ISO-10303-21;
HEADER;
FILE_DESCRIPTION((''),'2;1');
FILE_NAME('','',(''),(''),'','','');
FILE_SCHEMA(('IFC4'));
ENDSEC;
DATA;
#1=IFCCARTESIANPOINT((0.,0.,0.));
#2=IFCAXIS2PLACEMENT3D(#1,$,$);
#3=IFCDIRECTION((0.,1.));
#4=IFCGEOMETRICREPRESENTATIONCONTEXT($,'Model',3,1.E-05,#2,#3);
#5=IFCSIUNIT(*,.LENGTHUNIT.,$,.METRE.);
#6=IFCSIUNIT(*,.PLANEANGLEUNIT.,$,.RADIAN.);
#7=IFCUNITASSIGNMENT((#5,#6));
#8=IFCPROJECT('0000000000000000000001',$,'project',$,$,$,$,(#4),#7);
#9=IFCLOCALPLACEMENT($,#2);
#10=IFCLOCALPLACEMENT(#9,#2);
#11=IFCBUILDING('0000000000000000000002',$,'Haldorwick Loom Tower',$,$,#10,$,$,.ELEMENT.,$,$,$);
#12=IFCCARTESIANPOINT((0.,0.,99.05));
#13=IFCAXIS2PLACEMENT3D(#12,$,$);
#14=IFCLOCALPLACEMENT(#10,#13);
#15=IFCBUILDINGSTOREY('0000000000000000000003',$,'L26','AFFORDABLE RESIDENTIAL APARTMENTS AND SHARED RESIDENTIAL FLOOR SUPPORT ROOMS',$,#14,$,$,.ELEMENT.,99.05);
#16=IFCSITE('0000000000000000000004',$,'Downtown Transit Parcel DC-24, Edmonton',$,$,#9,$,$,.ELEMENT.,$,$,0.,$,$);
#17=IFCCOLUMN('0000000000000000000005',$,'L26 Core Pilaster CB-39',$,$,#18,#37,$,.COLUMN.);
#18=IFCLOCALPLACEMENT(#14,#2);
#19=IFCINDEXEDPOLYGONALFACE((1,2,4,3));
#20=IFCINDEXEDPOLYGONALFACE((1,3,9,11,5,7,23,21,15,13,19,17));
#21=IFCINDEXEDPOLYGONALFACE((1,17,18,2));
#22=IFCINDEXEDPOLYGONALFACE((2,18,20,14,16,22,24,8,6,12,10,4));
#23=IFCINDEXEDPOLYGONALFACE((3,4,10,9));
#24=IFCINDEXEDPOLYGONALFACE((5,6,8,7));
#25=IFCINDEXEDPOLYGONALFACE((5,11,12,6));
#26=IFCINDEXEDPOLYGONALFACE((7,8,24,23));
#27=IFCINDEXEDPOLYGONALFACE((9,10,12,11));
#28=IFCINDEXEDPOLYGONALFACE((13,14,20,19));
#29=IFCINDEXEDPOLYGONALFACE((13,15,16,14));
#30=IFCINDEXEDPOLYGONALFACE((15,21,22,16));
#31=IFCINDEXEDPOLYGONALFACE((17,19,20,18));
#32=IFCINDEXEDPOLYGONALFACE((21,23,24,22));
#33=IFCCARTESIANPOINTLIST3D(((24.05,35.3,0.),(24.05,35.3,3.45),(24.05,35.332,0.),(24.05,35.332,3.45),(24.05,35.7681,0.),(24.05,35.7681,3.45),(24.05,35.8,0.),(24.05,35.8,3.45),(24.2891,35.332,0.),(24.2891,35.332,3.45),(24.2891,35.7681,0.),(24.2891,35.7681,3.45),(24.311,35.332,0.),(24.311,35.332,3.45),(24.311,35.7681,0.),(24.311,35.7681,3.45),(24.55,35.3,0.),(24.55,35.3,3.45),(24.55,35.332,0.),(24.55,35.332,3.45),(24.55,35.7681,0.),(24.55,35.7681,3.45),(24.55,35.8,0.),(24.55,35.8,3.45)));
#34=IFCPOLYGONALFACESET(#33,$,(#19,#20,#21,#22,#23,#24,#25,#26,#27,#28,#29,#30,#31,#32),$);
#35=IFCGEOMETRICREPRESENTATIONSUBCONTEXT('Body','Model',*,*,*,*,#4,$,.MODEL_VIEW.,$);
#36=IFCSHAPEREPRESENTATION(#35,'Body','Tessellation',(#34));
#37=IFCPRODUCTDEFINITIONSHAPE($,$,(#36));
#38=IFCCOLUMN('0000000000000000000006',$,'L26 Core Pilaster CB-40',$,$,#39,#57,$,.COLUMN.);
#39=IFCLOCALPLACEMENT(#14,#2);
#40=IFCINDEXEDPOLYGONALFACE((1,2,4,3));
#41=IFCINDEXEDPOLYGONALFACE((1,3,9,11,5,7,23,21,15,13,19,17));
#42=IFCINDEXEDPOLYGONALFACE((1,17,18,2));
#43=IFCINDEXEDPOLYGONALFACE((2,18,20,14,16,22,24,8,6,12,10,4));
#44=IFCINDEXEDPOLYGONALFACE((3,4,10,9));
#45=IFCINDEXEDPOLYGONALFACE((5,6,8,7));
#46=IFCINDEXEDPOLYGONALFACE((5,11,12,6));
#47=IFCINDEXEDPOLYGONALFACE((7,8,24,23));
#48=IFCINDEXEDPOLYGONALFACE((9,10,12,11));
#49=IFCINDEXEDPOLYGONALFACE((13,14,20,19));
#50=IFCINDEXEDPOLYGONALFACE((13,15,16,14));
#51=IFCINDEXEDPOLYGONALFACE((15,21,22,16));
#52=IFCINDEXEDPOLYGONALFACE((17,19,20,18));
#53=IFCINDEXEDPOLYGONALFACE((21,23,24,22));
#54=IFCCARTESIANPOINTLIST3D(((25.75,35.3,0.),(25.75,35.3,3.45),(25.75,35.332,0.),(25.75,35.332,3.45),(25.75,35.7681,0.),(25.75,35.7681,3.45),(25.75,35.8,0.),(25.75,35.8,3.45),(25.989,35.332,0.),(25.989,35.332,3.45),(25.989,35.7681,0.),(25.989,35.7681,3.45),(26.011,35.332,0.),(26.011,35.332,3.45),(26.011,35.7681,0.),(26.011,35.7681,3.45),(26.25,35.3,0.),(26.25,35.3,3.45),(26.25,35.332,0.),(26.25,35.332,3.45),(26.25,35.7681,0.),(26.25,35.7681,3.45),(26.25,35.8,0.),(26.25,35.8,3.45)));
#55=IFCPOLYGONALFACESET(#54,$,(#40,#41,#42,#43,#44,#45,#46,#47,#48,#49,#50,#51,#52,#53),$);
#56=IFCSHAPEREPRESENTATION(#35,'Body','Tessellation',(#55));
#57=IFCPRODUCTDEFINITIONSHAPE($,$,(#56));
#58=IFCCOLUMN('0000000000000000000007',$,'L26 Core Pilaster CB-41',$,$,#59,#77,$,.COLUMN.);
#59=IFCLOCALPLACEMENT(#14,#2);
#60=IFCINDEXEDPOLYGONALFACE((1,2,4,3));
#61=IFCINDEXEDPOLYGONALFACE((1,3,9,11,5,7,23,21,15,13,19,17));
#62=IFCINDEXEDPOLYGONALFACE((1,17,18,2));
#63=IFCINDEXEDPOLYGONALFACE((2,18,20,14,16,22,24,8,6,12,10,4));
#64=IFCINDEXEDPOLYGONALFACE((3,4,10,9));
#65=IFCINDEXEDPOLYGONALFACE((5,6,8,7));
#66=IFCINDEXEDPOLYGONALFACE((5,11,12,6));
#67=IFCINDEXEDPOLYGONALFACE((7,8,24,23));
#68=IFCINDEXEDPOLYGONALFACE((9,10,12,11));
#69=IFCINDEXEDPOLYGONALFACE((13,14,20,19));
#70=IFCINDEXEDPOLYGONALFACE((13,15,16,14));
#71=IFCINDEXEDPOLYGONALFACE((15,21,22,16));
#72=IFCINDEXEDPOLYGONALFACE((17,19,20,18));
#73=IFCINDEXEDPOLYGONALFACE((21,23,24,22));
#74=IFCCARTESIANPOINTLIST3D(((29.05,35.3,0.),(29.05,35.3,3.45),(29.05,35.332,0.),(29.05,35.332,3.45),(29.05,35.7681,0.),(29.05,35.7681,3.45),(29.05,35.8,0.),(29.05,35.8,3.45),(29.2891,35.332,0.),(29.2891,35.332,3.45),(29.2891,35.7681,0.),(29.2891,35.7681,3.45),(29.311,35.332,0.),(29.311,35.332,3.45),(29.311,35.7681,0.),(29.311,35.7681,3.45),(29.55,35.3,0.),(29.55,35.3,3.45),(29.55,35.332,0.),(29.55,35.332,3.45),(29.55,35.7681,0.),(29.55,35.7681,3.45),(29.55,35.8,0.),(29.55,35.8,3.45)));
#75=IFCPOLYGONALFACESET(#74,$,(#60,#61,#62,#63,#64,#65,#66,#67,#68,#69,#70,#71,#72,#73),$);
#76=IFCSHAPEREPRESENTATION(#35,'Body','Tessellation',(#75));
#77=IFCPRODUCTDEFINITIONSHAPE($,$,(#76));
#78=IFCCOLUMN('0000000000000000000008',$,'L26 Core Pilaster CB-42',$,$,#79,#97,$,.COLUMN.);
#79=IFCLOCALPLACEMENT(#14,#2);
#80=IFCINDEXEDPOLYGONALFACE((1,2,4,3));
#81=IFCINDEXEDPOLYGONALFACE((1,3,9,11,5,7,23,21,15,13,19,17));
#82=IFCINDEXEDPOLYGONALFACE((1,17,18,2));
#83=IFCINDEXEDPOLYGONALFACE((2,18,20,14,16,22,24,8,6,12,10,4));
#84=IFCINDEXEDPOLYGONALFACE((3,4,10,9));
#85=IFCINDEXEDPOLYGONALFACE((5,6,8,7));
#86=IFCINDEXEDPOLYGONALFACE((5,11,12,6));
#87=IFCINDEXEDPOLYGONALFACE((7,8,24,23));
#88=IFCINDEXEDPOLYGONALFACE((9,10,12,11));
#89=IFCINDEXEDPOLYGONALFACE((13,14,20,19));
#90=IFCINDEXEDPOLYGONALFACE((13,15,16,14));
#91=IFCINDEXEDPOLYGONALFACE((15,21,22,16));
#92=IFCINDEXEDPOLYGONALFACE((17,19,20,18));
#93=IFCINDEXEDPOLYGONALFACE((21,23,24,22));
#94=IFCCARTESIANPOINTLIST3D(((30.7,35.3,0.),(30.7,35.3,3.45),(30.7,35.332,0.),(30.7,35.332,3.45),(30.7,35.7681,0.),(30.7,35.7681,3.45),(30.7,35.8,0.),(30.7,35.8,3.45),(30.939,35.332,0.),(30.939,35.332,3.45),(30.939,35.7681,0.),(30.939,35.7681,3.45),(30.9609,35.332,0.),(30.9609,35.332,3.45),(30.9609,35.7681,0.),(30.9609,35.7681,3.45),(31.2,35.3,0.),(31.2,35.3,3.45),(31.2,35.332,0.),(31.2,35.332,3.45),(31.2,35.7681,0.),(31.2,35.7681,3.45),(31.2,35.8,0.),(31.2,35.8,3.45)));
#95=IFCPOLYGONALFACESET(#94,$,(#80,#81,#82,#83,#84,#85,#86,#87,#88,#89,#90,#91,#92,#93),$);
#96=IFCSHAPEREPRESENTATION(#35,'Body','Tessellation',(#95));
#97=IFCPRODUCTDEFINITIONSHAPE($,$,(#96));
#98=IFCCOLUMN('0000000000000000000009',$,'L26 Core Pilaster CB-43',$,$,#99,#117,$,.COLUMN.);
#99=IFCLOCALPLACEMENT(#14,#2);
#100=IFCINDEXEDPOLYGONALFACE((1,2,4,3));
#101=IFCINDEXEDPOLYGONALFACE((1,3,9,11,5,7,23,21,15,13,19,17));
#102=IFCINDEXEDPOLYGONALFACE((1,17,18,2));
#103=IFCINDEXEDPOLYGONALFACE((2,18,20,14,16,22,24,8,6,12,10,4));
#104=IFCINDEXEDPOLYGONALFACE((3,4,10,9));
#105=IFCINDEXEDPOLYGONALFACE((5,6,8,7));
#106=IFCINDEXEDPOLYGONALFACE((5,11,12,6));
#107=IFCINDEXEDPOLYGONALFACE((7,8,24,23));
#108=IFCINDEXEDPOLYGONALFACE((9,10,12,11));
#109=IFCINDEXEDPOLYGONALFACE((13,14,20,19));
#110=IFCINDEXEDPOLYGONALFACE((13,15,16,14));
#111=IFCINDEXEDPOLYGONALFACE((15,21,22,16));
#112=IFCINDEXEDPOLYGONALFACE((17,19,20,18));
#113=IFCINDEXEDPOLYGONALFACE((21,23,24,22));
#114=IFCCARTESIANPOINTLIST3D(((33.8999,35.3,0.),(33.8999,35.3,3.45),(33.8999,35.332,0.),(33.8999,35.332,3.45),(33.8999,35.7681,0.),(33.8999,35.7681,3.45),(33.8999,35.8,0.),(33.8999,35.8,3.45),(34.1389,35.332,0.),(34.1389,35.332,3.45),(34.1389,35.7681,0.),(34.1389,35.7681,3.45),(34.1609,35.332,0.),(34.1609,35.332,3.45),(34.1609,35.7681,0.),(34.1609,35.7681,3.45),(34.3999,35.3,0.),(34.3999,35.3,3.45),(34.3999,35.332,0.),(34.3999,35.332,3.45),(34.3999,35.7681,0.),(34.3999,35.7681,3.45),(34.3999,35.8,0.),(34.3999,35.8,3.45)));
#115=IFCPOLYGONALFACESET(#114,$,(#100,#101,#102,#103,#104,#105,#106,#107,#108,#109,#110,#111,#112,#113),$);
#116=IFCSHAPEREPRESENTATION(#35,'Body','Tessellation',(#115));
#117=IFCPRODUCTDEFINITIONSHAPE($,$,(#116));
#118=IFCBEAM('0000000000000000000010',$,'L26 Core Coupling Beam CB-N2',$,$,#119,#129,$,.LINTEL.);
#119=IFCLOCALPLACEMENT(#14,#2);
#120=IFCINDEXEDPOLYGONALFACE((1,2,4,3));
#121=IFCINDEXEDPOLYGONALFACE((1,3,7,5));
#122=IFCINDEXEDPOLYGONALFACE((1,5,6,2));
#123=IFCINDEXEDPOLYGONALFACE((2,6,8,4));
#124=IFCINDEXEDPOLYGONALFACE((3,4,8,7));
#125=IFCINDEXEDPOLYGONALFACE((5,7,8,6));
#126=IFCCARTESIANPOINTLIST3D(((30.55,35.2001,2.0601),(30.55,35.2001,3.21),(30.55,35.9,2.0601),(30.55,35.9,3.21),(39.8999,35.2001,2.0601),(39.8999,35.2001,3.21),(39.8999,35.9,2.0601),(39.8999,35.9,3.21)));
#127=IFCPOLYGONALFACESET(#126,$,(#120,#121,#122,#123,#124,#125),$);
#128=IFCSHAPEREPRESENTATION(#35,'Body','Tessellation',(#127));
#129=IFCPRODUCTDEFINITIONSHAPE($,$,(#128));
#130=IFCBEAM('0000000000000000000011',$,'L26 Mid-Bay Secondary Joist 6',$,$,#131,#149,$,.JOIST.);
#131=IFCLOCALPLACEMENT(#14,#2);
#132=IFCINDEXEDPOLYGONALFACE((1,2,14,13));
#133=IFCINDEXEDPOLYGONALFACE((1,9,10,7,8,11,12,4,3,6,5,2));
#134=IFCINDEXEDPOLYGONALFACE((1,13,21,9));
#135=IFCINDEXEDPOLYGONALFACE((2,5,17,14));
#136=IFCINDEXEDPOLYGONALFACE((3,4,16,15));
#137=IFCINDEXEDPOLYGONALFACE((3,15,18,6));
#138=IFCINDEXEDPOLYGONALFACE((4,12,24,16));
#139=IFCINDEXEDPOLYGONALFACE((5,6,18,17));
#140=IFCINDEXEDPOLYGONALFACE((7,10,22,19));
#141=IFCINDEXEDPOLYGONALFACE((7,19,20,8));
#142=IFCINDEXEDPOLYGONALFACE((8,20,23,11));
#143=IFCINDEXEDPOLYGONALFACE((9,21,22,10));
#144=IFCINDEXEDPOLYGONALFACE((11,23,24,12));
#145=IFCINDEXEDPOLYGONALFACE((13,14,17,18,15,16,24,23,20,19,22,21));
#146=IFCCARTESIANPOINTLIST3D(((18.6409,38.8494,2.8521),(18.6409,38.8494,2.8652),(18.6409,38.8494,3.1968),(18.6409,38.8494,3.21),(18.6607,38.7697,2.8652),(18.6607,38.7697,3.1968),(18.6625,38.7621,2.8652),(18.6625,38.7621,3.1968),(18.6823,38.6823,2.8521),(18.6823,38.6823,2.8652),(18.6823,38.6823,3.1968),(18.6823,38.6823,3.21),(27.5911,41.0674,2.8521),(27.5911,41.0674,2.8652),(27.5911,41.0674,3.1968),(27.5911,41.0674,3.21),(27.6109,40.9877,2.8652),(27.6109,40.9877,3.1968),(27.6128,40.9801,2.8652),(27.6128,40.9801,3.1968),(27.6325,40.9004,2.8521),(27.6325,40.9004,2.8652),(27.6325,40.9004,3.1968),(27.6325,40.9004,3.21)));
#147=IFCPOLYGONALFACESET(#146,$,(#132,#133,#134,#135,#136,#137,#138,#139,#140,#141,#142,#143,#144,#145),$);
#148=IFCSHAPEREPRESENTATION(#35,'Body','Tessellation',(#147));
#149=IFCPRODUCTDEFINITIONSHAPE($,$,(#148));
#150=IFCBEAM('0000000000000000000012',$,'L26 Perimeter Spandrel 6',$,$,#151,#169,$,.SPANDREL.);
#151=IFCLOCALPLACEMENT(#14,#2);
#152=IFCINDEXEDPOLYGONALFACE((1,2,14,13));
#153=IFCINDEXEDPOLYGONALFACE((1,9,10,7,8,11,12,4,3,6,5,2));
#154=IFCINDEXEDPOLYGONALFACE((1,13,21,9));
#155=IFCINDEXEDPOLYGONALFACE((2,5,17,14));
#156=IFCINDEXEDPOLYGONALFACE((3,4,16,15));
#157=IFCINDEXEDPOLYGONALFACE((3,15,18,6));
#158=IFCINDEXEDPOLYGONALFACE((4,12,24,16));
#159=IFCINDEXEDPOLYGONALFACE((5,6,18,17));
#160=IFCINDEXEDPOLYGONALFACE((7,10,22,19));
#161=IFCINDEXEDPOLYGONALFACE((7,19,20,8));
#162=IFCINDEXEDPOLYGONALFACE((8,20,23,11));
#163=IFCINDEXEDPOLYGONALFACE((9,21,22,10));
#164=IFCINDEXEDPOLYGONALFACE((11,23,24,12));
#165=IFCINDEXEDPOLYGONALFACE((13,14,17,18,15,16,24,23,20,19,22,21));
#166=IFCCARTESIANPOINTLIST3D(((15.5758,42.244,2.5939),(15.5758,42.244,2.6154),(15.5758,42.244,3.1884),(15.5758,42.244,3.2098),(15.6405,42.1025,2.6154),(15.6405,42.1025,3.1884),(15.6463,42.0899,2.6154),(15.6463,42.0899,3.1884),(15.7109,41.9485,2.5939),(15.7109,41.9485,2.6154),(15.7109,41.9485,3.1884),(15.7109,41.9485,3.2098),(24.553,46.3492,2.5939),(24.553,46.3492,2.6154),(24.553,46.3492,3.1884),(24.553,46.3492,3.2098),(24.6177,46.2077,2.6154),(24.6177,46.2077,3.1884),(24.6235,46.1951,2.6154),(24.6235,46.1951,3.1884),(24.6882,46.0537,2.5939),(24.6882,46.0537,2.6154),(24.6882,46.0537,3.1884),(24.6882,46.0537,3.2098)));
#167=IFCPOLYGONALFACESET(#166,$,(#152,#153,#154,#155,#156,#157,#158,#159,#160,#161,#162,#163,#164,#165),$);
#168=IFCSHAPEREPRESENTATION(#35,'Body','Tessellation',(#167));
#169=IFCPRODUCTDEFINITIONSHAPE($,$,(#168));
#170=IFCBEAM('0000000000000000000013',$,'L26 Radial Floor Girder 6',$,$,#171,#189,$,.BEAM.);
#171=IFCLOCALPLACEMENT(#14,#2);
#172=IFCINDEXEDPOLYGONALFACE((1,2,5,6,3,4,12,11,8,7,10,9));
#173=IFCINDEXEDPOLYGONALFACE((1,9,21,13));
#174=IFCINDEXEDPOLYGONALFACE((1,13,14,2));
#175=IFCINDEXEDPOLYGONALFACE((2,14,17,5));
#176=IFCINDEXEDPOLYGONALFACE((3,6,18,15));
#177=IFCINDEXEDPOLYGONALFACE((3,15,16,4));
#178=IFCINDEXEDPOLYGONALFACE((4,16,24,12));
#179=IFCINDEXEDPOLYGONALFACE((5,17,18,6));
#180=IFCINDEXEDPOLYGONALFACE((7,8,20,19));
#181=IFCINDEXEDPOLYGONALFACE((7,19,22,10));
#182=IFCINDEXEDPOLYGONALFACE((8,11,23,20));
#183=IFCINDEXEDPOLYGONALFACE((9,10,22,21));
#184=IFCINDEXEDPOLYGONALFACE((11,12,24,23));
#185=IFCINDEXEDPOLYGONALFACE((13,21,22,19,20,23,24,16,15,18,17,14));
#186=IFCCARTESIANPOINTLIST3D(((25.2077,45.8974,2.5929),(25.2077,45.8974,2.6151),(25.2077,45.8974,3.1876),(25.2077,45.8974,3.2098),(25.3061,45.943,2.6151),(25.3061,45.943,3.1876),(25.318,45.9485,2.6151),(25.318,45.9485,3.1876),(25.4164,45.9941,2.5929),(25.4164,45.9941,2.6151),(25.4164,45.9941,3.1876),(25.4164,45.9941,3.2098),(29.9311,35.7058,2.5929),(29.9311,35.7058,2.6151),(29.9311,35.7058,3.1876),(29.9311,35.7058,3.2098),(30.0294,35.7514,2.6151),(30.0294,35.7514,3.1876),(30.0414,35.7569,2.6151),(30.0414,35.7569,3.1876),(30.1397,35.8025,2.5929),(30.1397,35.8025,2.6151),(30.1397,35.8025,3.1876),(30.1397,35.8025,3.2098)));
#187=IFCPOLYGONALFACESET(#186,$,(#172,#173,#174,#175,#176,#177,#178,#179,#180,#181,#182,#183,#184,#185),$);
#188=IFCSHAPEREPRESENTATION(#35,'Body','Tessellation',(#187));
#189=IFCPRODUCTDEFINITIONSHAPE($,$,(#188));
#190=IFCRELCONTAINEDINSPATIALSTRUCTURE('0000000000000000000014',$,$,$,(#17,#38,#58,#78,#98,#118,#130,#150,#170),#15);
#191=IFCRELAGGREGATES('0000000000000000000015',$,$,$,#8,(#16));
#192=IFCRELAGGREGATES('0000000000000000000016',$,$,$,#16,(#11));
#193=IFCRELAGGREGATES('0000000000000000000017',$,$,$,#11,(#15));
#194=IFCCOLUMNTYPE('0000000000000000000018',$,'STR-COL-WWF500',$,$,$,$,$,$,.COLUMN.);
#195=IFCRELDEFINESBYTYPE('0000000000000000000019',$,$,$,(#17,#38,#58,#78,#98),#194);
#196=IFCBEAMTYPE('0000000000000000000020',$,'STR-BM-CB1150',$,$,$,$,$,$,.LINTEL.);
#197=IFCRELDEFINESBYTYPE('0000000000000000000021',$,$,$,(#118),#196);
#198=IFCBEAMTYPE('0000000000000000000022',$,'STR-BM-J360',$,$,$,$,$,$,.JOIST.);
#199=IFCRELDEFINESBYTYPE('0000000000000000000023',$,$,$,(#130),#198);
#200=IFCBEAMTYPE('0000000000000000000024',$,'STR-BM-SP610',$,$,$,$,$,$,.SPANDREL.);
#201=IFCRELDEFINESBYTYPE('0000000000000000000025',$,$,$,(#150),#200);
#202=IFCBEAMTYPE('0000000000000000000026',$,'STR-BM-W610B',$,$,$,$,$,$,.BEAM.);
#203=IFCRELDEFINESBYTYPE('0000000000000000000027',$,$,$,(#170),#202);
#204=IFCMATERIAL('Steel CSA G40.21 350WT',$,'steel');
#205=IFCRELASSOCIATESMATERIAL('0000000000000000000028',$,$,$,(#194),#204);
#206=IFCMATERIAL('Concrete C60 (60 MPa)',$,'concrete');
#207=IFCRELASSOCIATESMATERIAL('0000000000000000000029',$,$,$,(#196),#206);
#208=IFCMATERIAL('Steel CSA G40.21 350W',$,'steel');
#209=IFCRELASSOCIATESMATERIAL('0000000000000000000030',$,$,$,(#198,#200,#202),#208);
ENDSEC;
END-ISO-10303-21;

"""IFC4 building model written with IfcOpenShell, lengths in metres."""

from ifc_helpers import new_model, si_unit, direction, frame, origin, origin_2d, place, context, subcontext, project, spatial, rectangle, i_section, extrude, material, material_profile, profile_set, type_object, element, save


model = new_model("IFC4")

# Units and contexts
model_context = context("Model", 3, precision=1e-05, world=origin(), true_north=direction((0.0, 1.0)))
body_context = subcontext(model_context, "Body", "Model", "MODEL_VIEW")
ifc_project = project(units=[si_unit("LENGTHUNIT", "METRE"), si_unit("PLANEANGLEUNIT", "RADIAN")], contexts=[model_context])

# Site, building, storey
site_placement = place(None, origin())
site = spatial("IfcSite", under=ifc_project, at=site_placement, Name="Downtown Transit Parcel DC-24, Edmonton", CompositionType="ELEMENT", RefElevation=0.0)
building_placement = place(site_placement, origin())
building = spatial("IfcBuilding", under=site, at=building_placement, Name="Haldorwick Loom Tower", CompositionType="ELEMENT")
storey_placement = place(building_placement, frame((0.0, 0.0, 99.05)))
storey = spatial("IfcBuildingStorey", under=building, at=storey_placement, Name="L26", Description="AFFORDABLE RESIDENTIAL APARTMENTS AND SHARED RESIDENTIAL FLOOR SUPPORT ROOMS", CompositionType="ELEMENT", Elevation=99.05)

# Columns
ifc_material_1 = material(Name="Concrete C60 (60 MPa)", Category="concrete")
ifc_material_2 = material(Name="Steel CSA G40.21 350WT", Category="steel")
ifc_material_profile_1 = material_profile(ifc_material_2, i_section(OverallWidth=0.5, OverallDepth=0.5, WebThickness=0.022, FlangeThickness=0.032, at=origin_2d()), Name="WWF500X500", Category="steel")
ifc_profile_set_1 = profile_set([ifc_material_profile_1], Name="Steel CSA G40.21 350WT")
column_type_1 = type_object("IfcColumnType", Name="STR-COL-WWF500", PredefinedType="COLUMN", material=ifc_profile_set_1)
for number, where, z_axis, x_axis, name in (
    (1, (24.3, 35.55, 0.0), (0.0, 0.0, 1.0), (1.0, 0.0, 0.0), "L26 Core Pilaster CB-39"),
    (2, (26.0, 35.55, 0.0), (0.0, 0.0, 1.0), (1.0, 0.0, 0.0), "L26 Core Pilaster CB-40"),
    (3, (29.3, 35.55, 0.0), (0.0, 0.0, 1.0), (1.0, 0.0, 0.0), "L26 Core Pilaster CB-41"),
    (4, (30.95, 35.55, 0.0), (0.0, 0.0, 1.0), (1.0, 0.0, 0.0), "L26 Core Pilaster CB-42"),
    (5, (34.1499, 35.55, 0.0), (0.0, 0.0, 1.0), (1.0, 0.0, 0.0), "L26 Core Pilaster CB-43"),
):
    element("IfcColumn", number, at=place(storey_placement, frame(where, z_axis=z_axis, x_axis=x_axis)), inside=storey, type_object=column_type_1, Name=name, PredefinedType="COLUMN", context=body_context, shape_type="SweptSolid", body=[
        extrude(i_section(OverallWidth=0.5, OverallDepth=0.5, WebThickness=0.022, FlangeThickness=0.032, at=origin_2d()), origin(), (0.0, 0.0, 1.0), 3.45),
    ])

# Beams
ifc_material_profile_2 = material_profile(ifc_material_1, rectangle(XDim=0.7, YDim=1.1499, at=origin_2d()), Name="RC700X1150", Category="concrete")
ifc_profile_set_2 = profile_set([ifc_material_profile_2], Name="Concrete C60 (60 MPa)")
beam_type_1 = type_object("IfcBeamType", Name="STR-BM-CB1150", PredefinedType="LINTEL", material=ifc_profile_set_2)
beam_1_placement = place(storey_placement, frame((30.55, 35.55, 2.635), z_axis=(1.0, 0.0, 0.0), x_axis=(0.0, 1.0, 0.0)))
element("IfcBeam", 6, at=beam_1_placement, inside=storey, type_object=beam_type_1, Name="L26 Core Coupling Beam CB-N2", PredefinedType="LINTEL", context=body_context, shape_type="SweptSolid", body=[
    extrude(rectangle(XDim=0.7, YDim=1.1499, at=origin_2d()), origin(), (0.0, 0.0, 1.0), 9.3499),
])
ifc_material_3 = material(Name="Steel CSA G40.21 350W", Category="steel")
ifc_material_profile_3 = material_profile(ifc_material_3, i_section(OverallWidth=0.1721, OverallDepth=0.3579, WebThickness=0.0078, FlangeThickness=0.0132, at=origin_2d()), Name="W360X57", Category="steel")
ifc_profile_set_3 = profile_set([ifc_material_profile_3], Name="Steel CSA G40.21 350W")
beam_type_2 = type_object("IfcBeamType", Name="STR-BM-J360", PredefinedType="JOIST", material=ifc_profile_set_3)
beam_2_placement = place(storey_placement, frame((27.6118, 40.9839, 3.031), z_axis=(-0.970639, -0.240542, 0.0), x_axis=(0.240542, -0.970639, 0.0)))
element("IfcBeam", 7, at=beam_2_placement, inside=storey, type_object=beam_type_2, Name="L26 Mid-Bay Secondary Joist 6", PredefinedType="JOIST", context=body_context, shape_type="SweptSolid", body=[
    extrude(i_section(OverallWidth=0.1721, OverallDepth=0.3579, WebThickness=0.0078, FlangeThickness=0.0132, at=origin_2d()), origin(), (0.0, 0.0, 1.0), 9.2209),
])
ifc_material_profile_4 = material_profile(ifc_material_3, i_section(OverallWidth=0.325, OverallDepth=0.616, WebThickness=0.0139, FlangeThickness=0.0215, at=origin_2d()), Name="W610X174", Category="steel")
ifc_profile_set_4 = profile_set([ifc_material_profile_4], Name="Steel CSA G40.21 350W")
beam_type_3 = type_object("IfcBeamType", Name="STR-BM-SP610", PredefinedType="SPANDREL", material=ifc_profile_set_4)
beam_3_placement = place(storey_placement, frame((24.6206, 46.2014, 2.9019), z_axis=(-0.909424, -0.41587, 0.0), x_axis=(0.41587, -0.909424, 0.0)))
element("IfcBeam", 8, at=beam_3_placement, inside=storey, type_object=beam_type_3, Name="L26 Perimeter Spandrel 6", PredefinedType="SPANDREL", context=body_context, shape_type="SweptSolid", body=[
    extrude(i_section(OverallWidth=0.325, OverallDepth=0.616, WebThickness=0.0139, FlangeThickness=0.0215, at=origin_2d()), origin(), (0.0, 0.0, 1.0), 9.8713),
])
ifc_material_profile_5 = material_profile(ifc_material_3, i_section(OverallWidth=0.23, OverallDepth=0.6169, WebThickness=0.0132, FlangeThickness=0.0222, at=origin_2d()), Name="W610X140", Category="steel")
ifc_profile_set_5 = profile_set([ifc_material_profile_5], Name="Steel CSA G40.21 350W")
beam_type_4 = type_object("IfcBeamType", Name="STR-BM-W610B", PredefinedType="BEAM", material=ifc_profile_set_5)
beam_4_placement = place(storey_placement, frame((30.0354, 35.7542, 2.9014), z_axis=(-0.420492, 0.907296, 0.0), x_axis=(-0.907296, -0.420492, 0.0)))
element("IfcBeam", 9, at=beam_4_placement, inside=storey, type_object=beam_type_4, Name="L26 Radial Floor Girder 6", PredefinedType="BEAM", context=body_context, shape_type="SweptSolid", body=[
    extrude(i_section(OverallWidth=0.23, OverallDepth=0.6169, WebThickness=0.0132, FlangeThickness=0.0222, at=origin_2d()), origin(), (0.0, 0.0, 1.0), 11.2329),
])

save(model, "model.ifc")
